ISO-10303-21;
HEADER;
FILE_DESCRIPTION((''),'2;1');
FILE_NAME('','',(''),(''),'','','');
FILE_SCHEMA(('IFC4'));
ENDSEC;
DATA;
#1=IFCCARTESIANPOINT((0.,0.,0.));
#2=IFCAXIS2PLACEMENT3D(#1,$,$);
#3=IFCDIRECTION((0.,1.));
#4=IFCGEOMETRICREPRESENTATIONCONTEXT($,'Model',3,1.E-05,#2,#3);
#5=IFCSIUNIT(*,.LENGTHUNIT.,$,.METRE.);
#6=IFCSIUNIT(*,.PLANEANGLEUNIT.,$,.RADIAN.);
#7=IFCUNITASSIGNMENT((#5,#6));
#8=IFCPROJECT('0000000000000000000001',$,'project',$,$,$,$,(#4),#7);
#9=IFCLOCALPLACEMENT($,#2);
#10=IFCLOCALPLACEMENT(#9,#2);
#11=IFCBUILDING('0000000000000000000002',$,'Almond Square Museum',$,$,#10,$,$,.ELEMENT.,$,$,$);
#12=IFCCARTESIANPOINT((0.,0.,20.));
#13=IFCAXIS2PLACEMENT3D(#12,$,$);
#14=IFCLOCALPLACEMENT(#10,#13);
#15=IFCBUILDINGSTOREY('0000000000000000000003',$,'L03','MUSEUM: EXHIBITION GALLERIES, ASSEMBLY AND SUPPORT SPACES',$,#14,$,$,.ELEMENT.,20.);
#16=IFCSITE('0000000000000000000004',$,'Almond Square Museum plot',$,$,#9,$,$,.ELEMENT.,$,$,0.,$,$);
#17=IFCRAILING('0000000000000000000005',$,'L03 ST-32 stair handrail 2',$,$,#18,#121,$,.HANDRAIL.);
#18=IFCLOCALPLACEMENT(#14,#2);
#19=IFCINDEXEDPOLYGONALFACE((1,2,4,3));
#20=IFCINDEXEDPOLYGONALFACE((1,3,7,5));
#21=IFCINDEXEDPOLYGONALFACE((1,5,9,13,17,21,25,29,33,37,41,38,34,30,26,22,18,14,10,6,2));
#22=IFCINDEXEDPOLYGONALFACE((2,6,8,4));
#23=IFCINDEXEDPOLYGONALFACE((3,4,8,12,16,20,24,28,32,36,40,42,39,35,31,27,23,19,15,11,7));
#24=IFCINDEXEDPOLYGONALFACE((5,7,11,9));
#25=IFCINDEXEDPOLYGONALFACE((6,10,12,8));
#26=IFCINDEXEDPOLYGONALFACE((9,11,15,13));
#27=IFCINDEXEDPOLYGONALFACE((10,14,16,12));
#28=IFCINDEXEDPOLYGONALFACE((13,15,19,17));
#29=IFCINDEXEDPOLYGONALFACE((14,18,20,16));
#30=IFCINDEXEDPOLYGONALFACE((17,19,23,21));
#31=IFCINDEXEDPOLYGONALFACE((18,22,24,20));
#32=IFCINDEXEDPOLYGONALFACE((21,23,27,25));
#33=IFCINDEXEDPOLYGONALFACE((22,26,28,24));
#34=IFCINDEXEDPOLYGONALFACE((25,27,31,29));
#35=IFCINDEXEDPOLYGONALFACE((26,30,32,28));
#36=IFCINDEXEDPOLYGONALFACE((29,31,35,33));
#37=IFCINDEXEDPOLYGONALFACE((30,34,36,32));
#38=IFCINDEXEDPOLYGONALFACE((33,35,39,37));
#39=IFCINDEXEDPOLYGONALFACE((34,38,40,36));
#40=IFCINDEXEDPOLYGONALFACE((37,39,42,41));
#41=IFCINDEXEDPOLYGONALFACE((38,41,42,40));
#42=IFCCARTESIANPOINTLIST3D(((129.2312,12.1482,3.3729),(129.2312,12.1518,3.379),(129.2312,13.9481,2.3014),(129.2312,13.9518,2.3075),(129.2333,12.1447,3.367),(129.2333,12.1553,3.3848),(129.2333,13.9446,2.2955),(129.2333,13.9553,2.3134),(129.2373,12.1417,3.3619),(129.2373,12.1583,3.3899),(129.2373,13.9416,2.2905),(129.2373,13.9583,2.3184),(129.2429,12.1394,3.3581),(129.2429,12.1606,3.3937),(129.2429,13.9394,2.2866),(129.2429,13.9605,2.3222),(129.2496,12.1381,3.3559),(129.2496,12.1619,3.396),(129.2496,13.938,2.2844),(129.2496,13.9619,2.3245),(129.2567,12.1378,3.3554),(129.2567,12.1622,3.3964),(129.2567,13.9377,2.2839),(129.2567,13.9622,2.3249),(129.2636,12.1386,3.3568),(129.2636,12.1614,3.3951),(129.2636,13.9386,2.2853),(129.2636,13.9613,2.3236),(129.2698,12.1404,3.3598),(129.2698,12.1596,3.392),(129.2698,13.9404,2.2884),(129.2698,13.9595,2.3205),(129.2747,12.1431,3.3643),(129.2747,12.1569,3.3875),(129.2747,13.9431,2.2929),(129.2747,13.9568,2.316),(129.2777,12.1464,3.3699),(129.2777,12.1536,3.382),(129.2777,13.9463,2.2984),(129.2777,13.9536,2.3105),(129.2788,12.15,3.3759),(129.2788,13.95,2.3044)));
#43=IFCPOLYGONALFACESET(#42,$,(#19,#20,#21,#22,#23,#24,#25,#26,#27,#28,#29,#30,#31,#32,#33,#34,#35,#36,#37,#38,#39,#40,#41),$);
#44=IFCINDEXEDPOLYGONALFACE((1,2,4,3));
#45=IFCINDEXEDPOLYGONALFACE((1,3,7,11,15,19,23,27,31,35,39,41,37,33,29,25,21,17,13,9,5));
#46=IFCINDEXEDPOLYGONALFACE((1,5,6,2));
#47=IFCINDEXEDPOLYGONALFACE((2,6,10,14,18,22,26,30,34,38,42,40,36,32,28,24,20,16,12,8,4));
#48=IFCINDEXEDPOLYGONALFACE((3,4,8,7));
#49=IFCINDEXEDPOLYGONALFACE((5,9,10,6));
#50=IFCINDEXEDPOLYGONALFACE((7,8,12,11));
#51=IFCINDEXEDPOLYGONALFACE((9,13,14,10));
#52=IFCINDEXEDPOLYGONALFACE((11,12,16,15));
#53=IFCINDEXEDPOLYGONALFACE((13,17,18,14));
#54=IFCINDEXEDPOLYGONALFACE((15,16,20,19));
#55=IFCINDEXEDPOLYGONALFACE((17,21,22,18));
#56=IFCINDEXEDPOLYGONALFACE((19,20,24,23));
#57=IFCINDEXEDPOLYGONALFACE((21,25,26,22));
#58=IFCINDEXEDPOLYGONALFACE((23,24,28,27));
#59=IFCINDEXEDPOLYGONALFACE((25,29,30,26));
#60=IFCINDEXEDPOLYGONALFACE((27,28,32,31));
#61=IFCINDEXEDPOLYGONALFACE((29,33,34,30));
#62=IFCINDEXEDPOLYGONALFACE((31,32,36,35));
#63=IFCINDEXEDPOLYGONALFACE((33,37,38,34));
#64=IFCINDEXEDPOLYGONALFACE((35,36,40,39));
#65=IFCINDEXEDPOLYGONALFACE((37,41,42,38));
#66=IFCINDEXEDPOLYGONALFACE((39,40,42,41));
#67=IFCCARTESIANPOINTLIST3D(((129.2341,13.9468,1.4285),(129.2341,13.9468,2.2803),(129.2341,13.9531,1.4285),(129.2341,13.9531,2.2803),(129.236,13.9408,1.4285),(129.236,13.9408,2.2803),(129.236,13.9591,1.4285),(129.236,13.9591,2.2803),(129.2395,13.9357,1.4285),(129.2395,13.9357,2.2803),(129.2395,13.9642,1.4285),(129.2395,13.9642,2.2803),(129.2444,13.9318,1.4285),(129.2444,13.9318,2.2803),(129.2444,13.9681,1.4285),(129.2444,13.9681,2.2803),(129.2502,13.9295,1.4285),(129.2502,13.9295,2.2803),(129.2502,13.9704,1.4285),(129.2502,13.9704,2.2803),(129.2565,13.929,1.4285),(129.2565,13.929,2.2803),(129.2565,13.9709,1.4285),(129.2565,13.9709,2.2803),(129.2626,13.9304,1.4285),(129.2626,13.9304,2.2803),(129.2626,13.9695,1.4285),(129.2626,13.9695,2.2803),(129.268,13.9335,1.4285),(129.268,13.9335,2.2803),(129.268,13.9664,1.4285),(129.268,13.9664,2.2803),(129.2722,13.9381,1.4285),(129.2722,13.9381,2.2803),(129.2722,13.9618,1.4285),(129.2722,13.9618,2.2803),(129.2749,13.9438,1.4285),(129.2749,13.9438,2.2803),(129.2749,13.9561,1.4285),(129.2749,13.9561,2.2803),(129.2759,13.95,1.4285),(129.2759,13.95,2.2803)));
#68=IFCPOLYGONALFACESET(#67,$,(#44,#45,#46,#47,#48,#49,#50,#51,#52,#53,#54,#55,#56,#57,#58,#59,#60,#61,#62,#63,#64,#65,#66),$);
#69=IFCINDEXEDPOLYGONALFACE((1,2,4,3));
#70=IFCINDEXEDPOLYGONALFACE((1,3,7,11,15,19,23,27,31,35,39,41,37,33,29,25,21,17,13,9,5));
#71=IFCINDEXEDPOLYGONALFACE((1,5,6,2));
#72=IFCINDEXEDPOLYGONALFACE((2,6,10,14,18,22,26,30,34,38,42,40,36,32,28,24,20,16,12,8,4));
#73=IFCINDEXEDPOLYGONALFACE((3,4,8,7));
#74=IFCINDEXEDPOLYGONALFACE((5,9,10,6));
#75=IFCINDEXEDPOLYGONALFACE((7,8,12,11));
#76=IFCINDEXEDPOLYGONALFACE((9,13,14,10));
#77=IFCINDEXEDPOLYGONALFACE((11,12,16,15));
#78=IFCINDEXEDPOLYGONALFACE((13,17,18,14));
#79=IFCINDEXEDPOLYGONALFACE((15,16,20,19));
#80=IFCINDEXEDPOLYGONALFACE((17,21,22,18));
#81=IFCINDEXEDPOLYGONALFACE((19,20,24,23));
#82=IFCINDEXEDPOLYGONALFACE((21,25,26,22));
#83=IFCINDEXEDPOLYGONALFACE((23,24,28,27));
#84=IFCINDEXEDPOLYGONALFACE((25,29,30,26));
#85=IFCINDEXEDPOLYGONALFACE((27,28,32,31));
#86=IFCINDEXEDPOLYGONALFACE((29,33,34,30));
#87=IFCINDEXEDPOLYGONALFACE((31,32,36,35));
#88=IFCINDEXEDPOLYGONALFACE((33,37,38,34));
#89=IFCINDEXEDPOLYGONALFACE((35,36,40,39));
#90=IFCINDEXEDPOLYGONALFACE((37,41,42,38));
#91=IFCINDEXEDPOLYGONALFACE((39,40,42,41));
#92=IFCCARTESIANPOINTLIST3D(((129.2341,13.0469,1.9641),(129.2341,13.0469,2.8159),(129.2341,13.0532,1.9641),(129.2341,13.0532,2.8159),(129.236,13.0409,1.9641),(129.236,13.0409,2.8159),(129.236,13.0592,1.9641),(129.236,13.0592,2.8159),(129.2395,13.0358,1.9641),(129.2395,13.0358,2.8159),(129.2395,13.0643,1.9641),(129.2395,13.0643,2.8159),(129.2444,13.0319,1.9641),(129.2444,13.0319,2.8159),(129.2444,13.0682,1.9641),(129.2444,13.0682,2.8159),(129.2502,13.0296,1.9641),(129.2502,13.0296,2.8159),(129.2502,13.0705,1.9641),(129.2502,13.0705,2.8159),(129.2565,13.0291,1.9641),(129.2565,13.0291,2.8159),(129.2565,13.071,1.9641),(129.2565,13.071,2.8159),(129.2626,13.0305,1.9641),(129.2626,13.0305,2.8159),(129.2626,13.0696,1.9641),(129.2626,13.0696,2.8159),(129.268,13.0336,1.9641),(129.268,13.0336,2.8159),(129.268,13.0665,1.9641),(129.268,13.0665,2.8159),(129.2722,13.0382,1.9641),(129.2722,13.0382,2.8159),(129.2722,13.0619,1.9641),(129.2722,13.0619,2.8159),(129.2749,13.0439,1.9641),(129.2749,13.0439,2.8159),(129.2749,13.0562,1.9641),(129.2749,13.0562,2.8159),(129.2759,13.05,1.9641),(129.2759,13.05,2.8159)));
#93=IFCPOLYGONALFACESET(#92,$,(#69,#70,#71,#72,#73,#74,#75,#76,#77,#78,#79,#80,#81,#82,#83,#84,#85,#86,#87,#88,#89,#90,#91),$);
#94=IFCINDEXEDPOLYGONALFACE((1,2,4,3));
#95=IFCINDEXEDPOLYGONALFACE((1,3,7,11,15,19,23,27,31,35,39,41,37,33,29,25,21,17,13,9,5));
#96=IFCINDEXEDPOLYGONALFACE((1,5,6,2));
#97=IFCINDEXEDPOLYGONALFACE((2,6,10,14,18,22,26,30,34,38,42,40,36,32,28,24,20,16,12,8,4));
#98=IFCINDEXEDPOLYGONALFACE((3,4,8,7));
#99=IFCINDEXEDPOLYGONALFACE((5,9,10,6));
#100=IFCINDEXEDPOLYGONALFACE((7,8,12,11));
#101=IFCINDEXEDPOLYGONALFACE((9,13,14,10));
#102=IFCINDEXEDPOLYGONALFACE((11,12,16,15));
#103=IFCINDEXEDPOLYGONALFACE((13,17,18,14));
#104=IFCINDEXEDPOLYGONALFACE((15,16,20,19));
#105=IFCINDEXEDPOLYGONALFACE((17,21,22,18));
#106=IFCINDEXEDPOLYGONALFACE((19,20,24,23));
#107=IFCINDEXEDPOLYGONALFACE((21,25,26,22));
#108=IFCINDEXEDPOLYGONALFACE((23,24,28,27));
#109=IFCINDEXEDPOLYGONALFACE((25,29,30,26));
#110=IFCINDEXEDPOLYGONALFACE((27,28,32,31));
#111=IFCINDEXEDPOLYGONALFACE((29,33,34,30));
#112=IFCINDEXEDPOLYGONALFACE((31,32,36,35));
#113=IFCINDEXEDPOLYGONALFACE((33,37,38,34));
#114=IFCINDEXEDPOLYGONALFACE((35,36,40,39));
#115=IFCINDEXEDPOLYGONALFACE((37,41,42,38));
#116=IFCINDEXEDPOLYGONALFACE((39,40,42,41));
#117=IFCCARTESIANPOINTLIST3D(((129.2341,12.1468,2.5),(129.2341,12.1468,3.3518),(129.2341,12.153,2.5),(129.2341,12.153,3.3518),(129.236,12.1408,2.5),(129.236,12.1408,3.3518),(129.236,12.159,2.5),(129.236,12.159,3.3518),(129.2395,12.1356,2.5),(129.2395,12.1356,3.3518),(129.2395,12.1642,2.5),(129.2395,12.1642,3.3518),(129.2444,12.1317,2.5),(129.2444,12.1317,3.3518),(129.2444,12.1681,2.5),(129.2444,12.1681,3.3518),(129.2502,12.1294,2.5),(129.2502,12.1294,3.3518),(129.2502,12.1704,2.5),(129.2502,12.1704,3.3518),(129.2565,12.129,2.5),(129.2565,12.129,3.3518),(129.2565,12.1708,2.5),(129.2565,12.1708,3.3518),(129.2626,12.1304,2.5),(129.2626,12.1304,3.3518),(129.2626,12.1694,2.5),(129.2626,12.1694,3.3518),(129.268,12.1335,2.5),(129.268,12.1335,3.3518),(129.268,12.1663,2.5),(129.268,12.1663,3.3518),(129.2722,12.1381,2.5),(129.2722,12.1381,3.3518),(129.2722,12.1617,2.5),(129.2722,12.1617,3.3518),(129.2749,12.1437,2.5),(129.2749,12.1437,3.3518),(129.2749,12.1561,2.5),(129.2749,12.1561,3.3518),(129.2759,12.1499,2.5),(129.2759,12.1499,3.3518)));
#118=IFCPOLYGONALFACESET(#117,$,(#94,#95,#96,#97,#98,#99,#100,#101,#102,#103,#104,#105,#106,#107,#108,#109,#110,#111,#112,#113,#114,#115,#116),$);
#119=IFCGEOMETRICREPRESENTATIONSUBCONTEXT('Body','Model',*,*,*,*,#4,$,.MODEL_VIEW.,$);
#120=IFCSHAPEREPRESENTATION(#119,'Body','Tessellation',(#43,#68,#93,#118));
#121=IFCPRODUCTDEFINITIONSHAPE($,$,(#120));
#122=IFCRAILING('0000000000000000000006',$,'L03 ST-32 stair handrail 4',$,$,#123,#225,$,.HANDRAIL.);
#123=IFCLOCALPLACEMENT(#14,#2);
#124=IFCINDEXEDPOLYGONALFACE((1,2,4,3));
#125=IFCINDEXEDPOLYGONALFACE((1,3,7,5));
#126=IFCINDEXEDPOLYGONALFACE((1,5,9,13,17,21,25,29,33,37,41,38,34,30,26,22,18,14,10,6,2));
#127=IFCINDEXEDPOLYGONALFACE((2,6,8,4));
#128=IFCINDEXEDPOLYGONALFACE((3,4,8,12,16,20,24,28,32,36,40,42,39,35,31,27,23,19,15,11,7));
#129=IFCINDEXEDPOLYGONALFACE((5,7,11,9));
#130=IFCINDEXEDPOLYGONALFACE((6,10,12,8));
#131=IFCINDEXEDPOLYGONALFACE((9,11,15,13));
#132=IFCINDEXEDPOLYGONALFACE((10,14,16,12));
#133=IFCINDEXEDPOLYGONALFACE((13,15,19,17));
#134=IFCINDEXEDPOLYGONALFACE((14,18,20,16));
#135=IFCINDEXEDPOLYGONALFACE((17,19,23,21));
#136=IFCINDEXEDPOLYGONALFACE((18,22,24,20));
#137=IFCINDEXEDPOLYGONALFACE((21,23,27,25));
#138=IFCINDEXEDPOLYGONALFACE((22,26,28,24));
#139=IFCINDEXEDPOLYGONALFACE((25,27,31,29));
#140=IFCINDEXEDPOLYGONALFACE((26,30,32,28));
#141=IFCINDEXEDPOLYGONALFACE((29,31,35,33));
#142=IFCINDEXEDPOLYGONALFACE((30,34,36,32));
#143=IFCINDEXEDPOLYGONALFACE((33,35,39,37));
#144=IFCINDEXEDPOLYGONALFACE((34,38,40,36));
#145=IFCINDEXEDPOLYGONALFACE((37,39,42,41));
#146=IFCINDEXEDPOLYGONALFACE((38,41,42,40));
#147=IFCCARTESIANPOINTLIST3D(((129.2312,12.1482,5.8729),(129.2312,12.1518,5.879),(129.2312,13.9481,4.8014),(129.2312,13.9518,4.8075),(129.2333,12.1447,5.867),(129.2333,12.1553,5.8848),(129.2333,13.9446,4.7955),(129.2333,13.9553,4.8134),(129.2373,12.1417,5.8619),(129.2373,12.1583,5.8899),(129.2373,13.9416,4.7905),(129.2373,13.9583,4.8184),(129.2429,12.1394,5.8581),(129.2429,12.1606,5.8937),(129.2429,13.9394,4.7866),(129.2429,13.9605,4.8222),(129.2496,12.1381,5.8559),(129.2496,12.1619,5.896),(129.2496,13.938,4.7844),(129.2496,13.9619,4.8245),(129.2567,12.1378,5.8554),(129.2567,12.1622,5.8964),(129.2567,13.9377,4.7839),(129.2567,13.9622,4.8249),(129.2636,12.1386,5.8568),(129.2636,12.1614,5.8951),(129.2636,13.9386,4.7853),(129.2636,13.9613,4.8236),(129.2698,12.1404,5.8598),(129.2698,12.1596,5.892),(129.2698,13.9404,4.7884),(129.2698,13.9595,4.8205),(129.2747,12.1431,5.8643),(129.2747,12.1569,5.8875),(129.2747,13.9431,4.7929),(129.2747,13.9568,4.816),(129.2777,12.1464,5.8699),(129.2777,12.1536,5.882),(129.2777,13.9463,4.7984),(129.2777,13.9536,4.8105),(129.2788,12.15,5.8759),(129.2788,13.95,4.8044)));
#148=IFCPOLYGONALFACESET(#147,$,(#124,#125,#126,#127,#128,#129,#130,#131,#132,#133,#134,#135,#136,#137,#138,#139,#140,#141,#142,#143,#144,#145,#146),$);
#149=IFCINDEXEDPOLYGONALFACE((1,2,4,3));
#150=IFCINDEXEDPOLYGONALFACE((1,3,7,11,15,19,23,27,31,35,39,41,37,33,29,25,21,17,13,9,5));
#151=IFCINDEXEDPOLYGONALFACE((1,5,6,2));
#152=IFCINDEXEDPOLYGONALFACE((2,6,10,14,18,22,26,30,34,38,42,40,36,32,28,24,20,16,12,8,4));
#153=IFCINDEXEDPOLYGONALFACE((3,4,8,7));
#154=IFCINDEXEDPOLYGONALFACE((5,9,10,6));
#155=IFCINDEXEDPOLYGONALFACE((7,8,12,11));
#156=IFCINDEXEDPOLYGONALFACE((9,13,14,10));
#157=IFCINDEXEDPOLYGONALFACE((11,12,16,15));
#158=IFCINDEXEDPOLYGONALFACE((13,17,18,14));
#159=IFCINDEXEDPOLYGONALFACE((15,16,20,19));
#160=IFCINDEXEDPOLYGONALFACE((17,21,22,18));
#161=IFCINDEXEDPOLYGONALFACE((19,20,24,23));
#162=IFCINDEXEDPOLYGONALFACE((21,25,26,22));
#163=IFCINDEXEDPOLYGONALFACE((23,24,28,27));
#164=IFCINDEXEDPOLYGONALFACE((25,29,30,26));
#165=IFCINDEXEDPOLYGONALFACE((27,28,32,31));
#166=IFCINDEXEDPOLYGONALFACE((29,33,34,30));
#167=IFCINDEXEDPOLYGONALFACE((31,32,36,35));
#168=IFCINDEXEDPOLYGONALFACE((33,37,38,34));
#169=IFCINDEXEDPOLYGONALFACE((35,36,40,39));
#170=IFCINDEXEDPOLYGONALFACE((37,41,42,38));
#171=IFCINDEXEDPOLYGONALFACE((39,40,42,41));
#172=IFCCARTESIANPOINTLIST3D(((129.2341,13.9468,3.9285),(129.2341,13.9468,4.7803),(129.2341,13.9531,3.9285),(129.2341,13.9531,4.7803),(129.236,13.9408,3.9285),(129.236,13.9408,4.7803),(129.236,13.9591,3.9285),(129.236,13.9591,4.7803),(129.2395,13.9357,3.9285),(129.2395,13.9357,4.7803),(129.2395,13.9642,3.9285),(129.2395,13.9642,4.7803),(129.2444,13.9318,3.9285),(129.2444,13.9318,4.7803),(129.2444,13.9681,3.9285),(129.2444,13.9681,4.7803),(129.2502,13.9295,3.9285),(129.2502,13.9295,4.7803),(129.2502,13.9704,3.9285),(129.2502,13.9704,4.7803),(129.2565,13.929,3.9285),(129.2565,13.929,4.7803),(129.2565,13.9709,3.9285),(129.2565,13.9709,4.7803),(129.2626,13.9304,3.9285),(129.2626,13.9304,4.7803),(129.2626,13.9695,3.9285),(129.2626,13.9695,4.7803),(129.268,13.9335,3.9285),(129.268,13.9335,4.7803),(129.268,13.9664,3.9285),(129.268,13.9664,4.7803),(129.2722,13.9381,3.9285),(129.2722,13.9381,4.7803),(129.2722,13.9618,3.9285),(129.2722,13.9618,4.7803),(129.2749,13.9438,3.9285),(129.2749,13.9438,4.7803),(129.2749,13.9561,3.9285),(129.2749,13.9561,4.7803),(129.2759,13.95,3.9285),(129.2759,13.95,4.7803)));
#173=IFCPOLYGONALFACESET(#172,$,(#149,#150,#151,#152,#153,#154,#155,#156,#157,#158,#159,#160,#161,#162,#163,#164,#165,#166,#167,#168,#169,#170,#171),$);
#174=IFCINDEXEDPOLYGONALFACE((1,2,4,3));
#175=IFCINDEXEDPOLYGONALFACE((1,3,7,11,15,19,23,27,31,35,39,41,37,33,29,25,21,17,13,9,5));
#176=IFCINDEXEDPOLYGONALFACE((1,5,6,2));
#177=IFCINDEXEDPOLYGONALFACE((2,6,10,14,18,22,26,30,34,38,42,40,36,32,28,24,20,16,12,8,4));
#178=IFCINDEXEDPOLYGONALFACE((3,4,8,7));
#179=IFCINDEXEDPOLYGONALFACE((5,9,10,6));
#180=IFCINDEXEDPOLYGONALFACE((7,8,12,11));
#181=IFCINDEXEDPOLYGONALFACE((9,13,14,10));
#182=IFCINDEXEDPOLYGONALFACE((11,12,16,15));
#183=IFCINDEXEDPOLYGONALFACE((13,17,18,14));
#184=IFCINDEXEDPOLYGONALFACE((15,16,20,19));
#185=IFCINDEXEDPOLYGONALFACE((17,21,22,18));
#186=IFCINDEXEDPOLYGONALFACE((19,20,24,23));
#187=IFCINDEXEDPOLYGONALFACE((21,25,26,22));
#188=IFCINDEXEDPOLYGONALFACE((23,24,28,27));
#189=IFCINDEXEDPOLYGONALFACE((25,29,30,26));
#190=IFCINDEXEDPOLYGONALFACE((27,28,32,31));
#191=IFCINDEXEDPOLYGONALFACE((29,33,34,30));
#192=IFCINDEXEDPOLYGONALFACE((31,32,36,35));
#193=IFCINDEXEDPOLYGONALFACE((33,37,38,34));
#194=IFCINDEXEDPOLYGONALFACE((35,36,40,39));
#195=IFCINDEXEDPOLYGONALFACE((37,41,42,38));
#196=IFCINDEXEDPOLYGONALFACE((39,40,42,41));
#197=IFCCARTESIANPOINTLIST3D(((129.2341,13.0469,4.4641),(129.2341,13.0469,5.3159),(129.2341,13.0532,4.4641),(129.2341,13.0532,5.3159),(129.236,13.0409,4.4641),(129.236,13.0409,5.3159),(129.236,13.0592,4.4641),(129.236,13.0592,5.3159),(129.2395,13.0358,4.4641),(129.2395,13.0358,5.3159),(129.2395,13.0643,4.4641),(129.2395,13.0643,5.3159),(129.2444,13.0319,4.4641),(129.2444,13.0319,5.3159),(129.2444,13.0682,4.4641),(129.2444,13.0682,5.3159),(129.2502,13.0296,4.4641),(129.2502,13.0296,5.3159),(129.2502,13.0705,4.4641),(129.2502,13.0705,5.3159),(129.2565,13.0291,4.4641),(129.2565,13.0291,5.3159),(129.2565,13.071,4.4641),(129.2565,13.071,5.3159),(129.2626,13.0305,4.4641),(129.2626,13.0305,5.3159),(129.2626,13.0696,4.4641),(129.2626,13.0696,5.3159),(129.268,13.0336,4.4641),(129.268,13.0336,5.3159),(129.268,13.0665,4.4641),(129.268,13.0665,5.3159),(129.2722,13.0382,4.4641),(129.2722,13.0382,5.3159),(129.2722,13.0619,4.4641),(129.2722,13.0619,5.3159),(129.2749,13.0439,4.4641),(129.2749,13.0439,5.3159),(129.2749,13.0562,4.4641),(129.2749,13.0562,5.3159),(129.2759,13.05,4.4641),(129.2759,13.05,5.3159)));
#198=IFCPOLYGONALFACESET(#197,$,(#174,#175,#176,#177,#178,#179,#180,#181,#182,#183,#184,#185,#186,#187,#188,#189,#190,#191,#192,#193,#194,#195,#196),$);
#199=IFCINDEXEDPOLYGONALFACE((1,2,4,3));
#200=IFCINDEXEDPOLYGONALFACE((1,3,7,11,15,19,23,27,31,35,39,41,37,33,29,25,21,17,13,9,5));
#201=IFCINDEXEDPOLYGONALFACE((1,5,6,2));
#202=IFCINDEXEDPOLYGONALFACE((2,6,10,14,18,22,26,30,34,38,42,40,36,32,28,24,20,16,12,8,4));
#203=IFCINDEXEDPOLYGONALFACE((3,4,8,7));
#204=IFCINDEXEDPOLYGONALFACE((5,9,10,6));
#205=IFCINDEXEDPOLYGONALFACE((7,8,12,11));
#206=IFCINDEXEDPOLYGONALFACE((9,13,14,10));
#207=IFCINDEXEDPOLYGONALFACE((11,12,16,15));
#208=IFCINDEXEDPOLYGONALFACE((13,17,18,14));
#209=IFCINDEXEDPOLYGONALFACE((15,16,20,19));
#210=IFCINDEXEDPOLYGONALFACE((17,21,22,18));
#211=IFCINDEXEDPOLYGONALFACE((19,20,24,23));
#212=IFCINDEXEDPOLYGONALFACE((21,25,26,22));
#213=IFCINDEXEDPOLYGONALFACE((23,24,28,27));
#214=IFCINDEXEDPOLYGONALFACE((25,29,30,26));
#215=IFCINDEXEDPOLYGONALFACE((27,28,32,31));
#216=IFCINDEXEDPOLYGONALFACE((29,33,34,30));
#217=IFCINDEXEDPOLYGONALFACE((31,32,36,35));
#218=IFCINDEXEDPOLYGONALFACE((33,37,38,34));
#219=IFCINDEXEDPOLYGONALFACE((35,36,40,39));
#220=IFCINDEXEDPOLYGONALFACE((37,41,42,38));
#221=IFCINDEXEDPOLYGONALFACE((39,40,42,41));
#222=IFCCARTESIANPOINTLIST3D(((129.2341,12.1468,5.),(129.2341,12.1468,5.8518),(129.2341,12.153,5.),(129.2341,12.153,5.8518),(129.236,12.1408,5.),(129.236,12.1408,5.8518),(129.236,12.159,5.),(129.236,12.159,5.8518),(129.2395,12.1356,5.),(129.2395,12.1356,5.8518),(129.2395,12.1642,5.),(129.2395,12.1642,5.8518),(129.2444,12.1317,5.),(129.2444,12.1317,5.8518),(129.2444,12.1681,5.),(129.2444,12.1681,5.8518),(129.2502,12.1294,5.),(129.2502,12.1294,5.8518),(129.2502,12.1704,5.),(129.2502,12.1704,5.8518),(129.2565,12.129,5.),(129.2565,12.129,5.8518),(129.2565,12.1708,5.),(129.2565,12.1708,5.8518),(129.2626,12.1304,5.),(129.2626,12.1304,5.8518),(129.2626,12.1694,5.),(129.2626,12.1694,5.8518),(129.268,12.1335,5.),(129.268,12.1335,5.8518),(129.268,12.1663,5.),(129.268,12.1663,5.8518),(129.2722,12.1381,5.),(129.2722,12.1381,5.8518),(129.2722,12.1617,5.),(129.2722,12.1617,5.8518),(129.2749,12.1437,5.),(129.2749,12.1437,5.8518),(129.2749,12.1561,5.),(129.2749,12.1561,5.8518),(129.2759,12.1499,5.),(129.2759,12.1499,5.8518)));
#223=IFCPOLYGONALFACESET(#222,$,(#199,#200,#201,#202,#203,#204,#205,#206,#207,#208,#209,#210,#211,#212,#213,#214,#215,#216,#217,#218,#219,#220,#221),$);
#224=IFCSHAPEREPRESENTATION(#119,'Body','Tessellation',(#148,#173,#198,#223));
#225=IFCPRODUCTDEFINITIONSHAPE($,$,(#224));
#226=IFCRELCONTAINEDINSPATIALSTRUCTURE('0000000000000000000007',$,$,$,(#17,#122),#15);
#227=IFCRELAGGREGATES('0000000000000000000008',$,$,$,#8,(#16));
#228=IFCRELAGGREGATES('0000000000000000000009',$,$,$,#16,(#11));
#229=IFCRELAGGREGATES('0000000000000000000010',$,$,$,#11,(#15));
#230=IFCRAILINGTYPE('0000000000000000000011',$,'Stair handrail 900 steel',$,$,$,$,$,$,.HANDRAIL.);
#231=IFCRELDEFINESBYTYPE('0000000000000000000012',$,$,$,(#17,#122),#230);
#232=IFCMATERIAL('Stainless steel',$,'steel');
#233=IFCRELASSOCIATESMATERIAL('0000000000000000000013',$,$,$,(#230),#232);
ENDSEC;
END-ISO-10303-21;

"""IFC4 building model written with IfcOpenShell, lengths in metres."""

from ifc_helpers import new_model, si_unit, direction, frame, origin, origin_2d, place, context, subcontext, project, spatial, circle, extrude, material, type_object, element, save


model = new_model("IFC4")

# Units and contexts
model_context = context("Model", 3, precision=1e-05, world=origin(), true_north=direction((0.0, 1.0)))
body_context = subcontext(model_context, "Body", "Model", "MODEL_VIEW")
ifc_project = project(units=[si_unit("LENGTHUNIT", "METRE"), si_unit("PLANEANGLEUNIT", "RADIAN")], contexts=[model_context])

# Site, building, storey
site_placement = place(None, origin())
site = spatial("IfcSite", under=ifc_project, at=site_placement, Name="Almond Square Museum plot", CompositionType="ELEMENT", RefElevation=0.0)
building_placement = place(site_placement, origin())
building = spatial("IfcBuilding", under=site, at=building_placement, Name="Almond Square Museum", CompositionType="ELEMENT")
storey_placement = place(building_placement, frame((0.0, 0.0, 20.0)))
storey = spatial("IfcBuildingStorey", under=building, at=storey_placement, Name="L03", Description="MUSEUM: EXHIBITION GALLERIES, ASSEMBLY AND SUPPORT SPACES", CompositionType="ELEMENT", Elevation=20.0)

# Railings
ifc_material_1 = material(Name="Stainless steel", Category="steel")
railing_type_1 = type_object("IfcRailingType", Name="Stair handrail 900 steel", PredefinedType="HANDRAIL", material=ifc_material_1)
for number, where, name in (
    (1, (129.2549, 13.95, 1.4285), "L03 ST-32 stair handrail 2"),
    (2, (129.2549, 13.95, 3.9285), "L03 ST-32 stair handrail 4"),
):
    element("IfcRailing", number, at=place(storey_placement, frame(where)), inside=storey, type_object=railing_type_1, Name=name, PredefinedType="HANDRAIL", context=body_context, shape_type="SweptSolid", body=[
        extrude(circle(Radius=0.0239, at=origin_2d()), frame((0.0, 0.0, 0.876), z_axis=(0.0, -0.859277, 0.51151), x_axis=(1.0, 0.0, 0.0)), (0.0, 0.0, 1.0), 2.0947),
        extrude(circle(Radius=0.021, at=origin_2d()), origin(), (0.0, 0.0, 1.0), 0.8518),
        extrude(circle(Radius=0.021, at=origin_2d()), frame((0.0, -0.8999, 0.5356)), (0.0, 0.0, 1.0), 0.8518),
        extrude(circle(Radius=0.021, at=origin_2d()), frame((0.0, -1.8, 1.0715)), (0.0, 0.0, 1.0), 0.8518),
    ])

save(model, "model.ifc")
